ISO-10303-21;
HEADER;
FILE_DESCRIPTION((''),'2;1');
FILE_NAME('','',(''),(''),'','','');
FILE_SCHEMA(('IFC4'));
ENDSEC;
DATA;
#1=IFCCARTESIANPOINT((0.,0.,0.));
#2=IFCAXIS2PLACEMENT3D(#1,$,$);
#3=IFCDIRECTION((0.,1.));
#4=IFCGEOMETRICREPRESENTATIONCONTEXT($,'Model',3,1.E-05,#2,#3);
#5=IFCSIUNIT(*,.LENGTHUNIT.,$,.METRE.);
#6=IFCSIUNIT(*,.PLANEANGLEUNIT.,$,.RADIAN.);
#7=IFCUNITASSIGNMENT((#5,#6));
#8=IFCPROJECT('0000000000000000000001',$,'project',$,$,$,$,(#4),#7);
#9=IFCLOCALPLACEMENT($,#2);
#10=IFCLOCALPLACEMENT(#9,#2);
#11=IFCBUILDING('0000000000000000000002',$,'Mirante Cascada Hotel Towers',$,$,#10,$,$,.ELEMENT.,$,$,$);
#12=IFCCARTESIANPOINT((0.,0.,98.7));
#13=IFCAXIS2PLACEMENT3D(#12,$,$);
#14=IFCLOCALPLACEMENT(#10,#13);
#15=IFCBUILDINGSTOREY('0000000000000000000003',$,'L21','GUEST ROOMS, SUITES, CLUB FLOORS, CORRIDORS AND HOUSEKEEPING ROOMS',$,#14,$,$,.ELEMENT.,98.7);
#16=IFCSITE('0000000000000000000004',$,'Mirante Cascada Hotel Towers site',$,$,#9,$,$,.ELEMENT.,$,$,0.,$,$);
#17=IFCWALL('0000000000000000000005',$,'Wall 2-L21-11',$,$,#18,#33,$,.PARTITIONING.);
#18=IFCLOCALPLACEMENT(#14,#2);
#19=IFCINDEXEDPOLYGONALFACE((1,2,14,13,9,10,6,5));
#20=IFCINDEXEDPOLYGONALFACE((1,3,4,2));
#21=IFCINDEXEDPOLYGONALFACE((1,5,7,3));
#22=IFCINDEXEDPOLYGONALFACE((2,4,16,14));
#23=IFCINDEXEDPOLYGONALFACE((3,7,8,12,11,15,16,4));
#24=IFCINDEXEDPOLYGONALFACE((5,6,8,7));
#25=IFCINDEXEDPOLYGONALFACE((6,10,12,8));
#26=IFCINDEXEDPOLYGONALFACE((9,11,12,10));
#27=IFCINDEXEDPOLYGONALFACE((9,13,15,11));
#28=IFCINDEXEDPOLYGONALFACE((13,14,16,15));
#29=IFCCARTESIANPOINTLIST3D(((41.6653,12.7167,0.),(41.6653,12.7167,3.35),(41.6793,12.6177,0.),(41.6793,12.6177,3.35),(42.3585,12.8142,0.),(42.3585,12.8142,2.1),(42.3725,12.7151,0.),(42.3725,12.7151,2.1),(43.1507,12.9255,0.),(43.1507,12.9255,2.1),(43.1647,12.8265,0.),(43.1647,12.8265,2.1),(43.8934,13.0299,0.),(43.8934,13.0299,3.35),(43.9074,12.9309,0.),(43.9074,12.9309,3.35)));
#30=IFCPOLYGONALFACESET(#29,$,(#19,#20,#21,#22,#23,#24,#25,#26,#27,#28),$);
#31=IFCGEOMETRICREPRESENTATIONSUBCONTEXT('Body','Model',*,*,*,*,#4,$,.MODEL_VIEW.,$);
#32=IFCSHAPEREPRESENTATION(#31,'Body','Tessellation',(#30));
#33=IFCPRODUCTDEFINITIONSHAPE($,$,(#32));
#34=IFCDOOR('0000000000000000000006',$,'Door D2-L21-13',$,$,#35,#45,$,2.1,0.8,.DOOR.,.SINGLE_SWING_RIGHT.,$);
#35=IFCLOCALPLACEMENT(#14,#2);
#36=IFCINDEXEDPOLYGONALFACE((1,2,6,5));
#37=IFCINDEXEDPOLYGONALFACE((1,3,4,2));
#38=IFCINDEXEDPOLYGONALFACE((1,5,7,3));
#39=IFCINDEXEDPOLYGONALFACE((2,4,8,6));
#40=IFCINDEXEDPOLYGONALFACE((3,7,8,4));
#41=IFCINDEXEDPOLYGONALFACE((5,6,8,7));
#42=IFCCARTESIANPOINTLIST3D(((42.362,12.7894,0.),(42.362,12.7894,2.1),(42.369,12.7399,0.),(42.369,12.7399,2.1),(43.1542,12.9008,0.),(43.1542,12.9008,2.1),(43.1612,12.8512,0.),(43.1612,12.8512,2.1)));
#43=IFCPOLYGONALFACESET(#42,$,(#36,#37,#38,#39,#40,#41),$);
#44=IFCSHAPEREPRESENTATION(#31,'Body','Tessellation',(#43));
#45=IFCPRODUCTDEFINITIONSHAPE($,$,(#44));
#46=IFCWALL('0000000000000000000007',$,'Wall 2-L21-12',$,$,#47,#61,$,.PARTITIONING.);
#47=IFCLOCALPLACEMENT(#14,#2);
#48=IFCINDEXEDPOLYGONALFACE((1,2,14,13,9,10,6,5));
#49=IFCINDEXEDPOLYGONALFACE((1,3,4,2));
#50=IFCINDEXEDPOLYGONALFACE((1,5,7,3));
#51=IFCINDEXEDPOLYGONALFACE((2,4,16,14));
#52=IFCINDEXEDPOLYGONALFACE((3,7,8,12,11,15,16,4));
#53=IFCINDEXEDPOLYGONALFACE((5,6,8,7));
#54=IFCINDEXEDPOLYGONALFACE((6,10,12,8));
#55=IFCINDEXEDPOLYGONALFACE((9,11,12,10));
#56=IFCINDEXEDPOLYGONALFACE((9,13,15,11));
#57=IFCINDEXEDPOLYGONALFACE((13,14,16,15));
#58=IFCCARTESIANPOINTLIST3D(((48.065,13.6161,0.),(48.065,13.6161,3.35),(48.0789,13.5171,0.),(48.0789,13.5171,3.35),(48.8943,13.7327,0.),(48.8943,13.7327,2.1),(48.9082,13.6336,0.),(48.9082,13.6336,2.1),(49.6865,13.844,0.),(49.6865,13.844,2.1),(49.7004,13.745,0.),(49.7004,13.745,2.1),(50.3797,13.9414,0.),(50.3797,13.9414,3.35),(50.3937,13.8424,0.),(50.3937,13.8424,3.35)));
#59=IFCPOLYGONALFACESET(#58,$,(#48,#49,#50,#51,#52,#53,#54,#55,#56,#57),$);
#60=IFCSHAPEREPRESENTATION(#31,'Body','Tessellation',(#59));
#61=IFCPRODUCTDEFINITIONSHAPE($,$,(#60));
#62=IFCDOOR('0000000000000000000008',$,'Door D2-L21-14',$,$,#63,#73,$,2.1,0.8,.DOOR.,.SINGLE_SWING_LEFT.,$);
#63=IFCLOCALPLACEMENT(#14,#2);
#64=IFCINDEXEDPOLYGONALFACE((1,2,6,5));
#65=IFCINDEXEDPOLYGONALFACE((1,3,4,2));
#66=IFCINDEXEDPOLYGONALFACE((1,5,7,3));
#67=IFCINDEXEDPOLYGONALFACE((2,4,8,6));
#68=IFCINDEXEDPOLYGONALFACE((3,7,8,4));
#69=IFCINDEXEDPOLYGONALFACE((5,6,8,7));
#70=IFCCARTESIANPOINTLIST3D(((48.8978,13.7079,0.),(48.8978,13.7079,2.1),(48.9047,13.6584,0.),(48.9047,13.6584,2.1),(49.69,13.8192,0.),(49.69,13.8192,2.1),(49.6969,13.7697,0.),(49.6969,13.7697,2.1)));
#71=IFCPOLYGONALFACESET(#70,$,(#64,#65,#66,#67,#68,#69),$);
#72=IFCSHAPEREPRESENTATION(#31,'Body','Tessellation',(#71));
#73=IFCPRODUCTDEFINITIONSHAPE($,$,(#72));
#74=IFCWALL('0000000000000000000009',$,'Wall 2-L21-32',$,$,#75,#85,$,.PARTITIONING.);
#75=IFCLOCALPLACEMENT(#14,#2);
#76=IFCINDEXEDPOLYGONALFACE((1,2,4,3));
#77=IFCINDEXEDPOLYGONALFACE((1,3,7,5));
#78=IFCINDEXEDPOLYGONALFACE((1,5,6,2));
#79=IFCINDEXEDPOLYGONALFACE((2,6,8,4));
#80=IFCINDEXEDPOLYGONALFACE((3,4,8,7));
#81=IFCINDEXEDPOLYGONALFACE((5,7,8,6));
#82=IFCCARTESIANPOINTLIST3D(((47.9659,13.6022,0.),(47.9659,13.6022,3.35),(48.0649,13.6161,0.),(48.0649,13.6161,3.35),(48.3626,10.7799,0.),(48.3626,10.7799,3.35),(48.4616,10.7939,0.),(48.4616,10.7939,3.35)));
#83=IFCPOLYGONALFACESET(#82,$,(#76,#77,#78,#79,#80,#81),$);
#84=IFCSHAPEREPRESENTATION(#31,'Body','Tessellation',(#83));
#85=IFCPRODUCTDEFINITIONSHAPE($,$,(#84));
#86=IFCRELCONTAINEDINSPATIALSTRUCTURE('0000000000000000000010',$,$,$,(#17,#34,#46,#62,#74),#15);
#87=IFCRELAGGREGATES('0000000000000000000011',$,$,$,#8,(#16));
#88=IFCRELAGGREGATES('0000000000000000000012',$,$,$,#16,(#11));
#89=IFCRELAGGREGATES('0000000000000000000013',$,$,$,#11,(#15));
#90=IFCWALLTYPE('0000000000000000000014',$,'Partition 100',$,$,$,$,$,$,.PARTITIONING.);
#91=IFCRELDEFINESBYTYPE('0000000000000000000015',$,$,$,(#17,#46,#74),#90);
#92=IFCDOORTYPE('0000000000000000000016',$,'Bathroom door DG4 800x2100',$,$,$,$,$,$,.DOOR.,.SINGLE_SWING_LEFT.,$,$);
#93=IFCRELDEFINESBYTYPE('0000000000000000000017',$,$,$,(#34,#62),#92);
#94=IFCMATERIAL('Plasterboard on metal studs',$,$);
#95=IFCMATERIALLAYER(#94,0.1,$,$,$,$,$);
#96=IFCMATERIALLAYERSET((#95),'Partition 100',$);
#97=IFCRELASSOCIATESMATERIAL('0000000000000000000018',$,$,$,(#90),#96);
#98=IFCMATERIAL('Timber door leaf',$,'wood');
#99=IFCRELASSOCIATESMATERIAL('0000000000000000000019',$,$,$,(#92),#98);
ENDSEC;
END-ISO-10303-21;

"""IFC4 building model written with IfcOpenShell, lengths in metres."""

from ifc_helpers import new_model, si_unit, direction, frame, frame_2d, origin, place, context, subcontext, project, spatial, rectangle, extrude, material, layer, layer_set, type_object, element, fill, save


model = new_model("IFC4")

# Units and contexts
model_context = context("Model", 3, precision=1e-05, world=origin(), true_north=direction((0.0, 1.0)))
body_context = subcontext(model_context, "Body", "Model", "MODEL_VIEW")
ifc_project = project(units=[si_unit("LENGTHUNIT", "METRE"), si_unit("PLANEANGLEUNIT", "RADIAN")], contexts=[model_context])

# Site, building, storey
site_placement = place(None, origin())
site = spatial("IfcSite", under=ifc_project, at=site_placement, Name="Mirante Cascada Hotel Towers site", CompositionType="ELEMENT", RefElevation=0.0)
building_placement = place(site_placement, origin())
building = spatial("IfcBuilding", under=site, at=building_placement, Name="Mirante Cascada Hotel Towers", CompositionType="ELEMENT")
storey_placement = place(building_placement, frame((0.0, 0.0, 98.7)))
storey = spatial("IfcBuildingStorey", under=building, at=storey_placement, Name="L21", Description="GUEST ROOMS, SUITES, CLUB FLOORS, CORRIDORS AND HOUSEKEEPING ROOMS", CompositionType="ELEMENT", Elevation=98.7)

# Walls, openings, doors
ifc_material_1 = material(Name="Plasterboard on metal studs")
ifc_layer_1 = layer(ifc_material_1, 0.1)
ifc_layer_set_1 = layer_set([ifc_layer_1], Name="Partition 100")
wall_type_1 = type_object("IfcWallType", Name="Partition 100", PredefinedType="PARTITIONING", material=ifc_layer_set_1)
wall_1_placement = place(storey_placement, frame((43.9004, 12.9804, 0.0), z_axis=(0.0, 0.0, 1.0), x_axis=(-0.990264, -0.1392, 0.0)))
wall_1 = element("IfcWall", 1, at=wall_1_placement, inside=storey, type_object=wall_type_1, Name="Wall 2-L21-11", PredefinedType="PARTITIONING", context=body_context, shape_type="SweptSolid", body=[
    extrude(rectangle(XDim=2.25, YDim=0.1, at=frame_2d((1.125, 0.0))), origin(), (0.0, 0.0, 1.0), 3.35),
])
opening_1_placement = place(wall_1_placement, frame((0.75, 0.0, 0.0)))
opening_1 = element("IfcOpeningElement", 2, at=opening_1_placement, cuts=wall_1, PredefinedType="OPENING", context=body_context, shape_type="SweptSolid", body=[
    extrude(rectangle(XDim=0.8, YDim=2.1, at=frame_2d((0.4, 1.05))), frame((0.0, 0.05, 0.0), z_axis=(0.0, -1.0, 0.0), x_axis=(1.0, 0.0, 0.0)), (0.0, 0.0, 1.0), 0.1),
])
ifc_material_2 = material(Name="Timber door leaf", Category="wood")
door_type_1 = type_object("IfcDoorType", Name="Bathroom door DG4 800x2100", OperationType="SINGLE_SWING_LEFT", PredefinedType="DOOR", material=ifc_material_2)
door_1_placement = place(opening_1_placement, frame((0.8, 0.0, 0.0), z_axis=(0.0, 0.0, 1.0), x_axis=(-1.0, 0.0, 0.0)))
door_1 = element("IfcDoor", 3, at=door_1_placement, inside=storey, type_object=door_type_1, Name="Door D2-L21-13", OperationType="SINGLE_SWING_RIGHT", OverallHeight=2.1, OverallWidth=0.8, PredefinedType="DOOR", context=body_context, shape_type="SweptSolid", body=[
    extrude(rectangle(XDim=0.8, YDim=2.1, at=frame_2d((0.4, 1.05))), frame((0.0, 0.025, 0.0), z_axis=(0.0, -1.0, 0.0), x_axis=(1.0, 0.0, 0.0)), (0.0, 0.0, 1.0), 0.05),
])
fill(opening_1, door_1)
wall_2_placement = place(storey_placement, frame((48.0719, 13.5666, 0.0), z_axis=(0.0, 0.0, 1.0), x_axis=(0.99027, 0.139163, 0.0)))
wall_2 = element("IfcWall", 4, at=wall_2_placement, inside=storey, type_object=wall_type_1, Name="Wall 2-L21-12", PredefinedType="PARTITIONING", context=body_context, shape_type="SweptSolid", body=[
    extrude(rectangle(XDim=2.3375, YDim=0.1, at=frame_2d((1.1688, 0.0))), origin(), (0.0, 0.0, 1.0), 3.35),
])
opening_2_placement = place(wall_2_placement, frame((0.8375, 0.0, 0.0)))
opening_2 = element("IfcOpeningElement", 5, at=opening_2_placement, cuts=wall_2, PredefinedType="OPENING", context=body_context, shape_type="SweptSolid", body=[
    extrude(rectangle(XDim=0.8, YDim=2.1, at=frame_2d((0.4, 1.05))), frame((0.0, 0.05, 0.0), z_axis=(0.0, -1.0, 0.0), x_axis=(1.0, 0.0, 0.0)), (0.0, 0.0, 1.0), 0.1),
])
door_2_placement = place(opening_2_placement, origin())
door_2 = element("IfcDoor", 6, at=door_2_placement, inside=storey, type_object=door_type_1, Name="Door D2-L21-14", OperationType="SINGLE_SWING_LEFT", OverallHeight=2.1, OverallWidth=0.8, PredefinedType="DOOR", context=body_context, shape_type="SweptSolid", body=[
    extrude(rectangle(XDim=0.8, YDim=2.1, at=frame_2d((0.4, 1.05))), frame((0.0, 0.025, 0.0), z_axis=(0.0, -1.0, 0.0), x_axis=(1.0, 0.0, 0.0)), (0.0, 0.0, 1.0), 0.05),
])
fill(opening_2, door_2)

# Wall
wall_3_placement = place(storey_placement, frame((48.4121, 10.7869, 0.0), z_axis=(0.0, 0.0, 1.0), x_axis=(-0.139191, 0.990266, 0.0)))
element("IfcWall", 7, at=wall_3_placement, inside=storey, type_object=wall_type_1, Name="Wall 2-L21-32", PredefinedType="PARTITIONING", context=body_context, shape_type="SweptSolid", body=[
    extrude(rectangle(XDim=2.85, YDim=0.1, at=frame_2d((1.425, 0.0))), origin(), (0.0, 0.0, 1.0), 3.35),
])

save(model, "model.ifc")
